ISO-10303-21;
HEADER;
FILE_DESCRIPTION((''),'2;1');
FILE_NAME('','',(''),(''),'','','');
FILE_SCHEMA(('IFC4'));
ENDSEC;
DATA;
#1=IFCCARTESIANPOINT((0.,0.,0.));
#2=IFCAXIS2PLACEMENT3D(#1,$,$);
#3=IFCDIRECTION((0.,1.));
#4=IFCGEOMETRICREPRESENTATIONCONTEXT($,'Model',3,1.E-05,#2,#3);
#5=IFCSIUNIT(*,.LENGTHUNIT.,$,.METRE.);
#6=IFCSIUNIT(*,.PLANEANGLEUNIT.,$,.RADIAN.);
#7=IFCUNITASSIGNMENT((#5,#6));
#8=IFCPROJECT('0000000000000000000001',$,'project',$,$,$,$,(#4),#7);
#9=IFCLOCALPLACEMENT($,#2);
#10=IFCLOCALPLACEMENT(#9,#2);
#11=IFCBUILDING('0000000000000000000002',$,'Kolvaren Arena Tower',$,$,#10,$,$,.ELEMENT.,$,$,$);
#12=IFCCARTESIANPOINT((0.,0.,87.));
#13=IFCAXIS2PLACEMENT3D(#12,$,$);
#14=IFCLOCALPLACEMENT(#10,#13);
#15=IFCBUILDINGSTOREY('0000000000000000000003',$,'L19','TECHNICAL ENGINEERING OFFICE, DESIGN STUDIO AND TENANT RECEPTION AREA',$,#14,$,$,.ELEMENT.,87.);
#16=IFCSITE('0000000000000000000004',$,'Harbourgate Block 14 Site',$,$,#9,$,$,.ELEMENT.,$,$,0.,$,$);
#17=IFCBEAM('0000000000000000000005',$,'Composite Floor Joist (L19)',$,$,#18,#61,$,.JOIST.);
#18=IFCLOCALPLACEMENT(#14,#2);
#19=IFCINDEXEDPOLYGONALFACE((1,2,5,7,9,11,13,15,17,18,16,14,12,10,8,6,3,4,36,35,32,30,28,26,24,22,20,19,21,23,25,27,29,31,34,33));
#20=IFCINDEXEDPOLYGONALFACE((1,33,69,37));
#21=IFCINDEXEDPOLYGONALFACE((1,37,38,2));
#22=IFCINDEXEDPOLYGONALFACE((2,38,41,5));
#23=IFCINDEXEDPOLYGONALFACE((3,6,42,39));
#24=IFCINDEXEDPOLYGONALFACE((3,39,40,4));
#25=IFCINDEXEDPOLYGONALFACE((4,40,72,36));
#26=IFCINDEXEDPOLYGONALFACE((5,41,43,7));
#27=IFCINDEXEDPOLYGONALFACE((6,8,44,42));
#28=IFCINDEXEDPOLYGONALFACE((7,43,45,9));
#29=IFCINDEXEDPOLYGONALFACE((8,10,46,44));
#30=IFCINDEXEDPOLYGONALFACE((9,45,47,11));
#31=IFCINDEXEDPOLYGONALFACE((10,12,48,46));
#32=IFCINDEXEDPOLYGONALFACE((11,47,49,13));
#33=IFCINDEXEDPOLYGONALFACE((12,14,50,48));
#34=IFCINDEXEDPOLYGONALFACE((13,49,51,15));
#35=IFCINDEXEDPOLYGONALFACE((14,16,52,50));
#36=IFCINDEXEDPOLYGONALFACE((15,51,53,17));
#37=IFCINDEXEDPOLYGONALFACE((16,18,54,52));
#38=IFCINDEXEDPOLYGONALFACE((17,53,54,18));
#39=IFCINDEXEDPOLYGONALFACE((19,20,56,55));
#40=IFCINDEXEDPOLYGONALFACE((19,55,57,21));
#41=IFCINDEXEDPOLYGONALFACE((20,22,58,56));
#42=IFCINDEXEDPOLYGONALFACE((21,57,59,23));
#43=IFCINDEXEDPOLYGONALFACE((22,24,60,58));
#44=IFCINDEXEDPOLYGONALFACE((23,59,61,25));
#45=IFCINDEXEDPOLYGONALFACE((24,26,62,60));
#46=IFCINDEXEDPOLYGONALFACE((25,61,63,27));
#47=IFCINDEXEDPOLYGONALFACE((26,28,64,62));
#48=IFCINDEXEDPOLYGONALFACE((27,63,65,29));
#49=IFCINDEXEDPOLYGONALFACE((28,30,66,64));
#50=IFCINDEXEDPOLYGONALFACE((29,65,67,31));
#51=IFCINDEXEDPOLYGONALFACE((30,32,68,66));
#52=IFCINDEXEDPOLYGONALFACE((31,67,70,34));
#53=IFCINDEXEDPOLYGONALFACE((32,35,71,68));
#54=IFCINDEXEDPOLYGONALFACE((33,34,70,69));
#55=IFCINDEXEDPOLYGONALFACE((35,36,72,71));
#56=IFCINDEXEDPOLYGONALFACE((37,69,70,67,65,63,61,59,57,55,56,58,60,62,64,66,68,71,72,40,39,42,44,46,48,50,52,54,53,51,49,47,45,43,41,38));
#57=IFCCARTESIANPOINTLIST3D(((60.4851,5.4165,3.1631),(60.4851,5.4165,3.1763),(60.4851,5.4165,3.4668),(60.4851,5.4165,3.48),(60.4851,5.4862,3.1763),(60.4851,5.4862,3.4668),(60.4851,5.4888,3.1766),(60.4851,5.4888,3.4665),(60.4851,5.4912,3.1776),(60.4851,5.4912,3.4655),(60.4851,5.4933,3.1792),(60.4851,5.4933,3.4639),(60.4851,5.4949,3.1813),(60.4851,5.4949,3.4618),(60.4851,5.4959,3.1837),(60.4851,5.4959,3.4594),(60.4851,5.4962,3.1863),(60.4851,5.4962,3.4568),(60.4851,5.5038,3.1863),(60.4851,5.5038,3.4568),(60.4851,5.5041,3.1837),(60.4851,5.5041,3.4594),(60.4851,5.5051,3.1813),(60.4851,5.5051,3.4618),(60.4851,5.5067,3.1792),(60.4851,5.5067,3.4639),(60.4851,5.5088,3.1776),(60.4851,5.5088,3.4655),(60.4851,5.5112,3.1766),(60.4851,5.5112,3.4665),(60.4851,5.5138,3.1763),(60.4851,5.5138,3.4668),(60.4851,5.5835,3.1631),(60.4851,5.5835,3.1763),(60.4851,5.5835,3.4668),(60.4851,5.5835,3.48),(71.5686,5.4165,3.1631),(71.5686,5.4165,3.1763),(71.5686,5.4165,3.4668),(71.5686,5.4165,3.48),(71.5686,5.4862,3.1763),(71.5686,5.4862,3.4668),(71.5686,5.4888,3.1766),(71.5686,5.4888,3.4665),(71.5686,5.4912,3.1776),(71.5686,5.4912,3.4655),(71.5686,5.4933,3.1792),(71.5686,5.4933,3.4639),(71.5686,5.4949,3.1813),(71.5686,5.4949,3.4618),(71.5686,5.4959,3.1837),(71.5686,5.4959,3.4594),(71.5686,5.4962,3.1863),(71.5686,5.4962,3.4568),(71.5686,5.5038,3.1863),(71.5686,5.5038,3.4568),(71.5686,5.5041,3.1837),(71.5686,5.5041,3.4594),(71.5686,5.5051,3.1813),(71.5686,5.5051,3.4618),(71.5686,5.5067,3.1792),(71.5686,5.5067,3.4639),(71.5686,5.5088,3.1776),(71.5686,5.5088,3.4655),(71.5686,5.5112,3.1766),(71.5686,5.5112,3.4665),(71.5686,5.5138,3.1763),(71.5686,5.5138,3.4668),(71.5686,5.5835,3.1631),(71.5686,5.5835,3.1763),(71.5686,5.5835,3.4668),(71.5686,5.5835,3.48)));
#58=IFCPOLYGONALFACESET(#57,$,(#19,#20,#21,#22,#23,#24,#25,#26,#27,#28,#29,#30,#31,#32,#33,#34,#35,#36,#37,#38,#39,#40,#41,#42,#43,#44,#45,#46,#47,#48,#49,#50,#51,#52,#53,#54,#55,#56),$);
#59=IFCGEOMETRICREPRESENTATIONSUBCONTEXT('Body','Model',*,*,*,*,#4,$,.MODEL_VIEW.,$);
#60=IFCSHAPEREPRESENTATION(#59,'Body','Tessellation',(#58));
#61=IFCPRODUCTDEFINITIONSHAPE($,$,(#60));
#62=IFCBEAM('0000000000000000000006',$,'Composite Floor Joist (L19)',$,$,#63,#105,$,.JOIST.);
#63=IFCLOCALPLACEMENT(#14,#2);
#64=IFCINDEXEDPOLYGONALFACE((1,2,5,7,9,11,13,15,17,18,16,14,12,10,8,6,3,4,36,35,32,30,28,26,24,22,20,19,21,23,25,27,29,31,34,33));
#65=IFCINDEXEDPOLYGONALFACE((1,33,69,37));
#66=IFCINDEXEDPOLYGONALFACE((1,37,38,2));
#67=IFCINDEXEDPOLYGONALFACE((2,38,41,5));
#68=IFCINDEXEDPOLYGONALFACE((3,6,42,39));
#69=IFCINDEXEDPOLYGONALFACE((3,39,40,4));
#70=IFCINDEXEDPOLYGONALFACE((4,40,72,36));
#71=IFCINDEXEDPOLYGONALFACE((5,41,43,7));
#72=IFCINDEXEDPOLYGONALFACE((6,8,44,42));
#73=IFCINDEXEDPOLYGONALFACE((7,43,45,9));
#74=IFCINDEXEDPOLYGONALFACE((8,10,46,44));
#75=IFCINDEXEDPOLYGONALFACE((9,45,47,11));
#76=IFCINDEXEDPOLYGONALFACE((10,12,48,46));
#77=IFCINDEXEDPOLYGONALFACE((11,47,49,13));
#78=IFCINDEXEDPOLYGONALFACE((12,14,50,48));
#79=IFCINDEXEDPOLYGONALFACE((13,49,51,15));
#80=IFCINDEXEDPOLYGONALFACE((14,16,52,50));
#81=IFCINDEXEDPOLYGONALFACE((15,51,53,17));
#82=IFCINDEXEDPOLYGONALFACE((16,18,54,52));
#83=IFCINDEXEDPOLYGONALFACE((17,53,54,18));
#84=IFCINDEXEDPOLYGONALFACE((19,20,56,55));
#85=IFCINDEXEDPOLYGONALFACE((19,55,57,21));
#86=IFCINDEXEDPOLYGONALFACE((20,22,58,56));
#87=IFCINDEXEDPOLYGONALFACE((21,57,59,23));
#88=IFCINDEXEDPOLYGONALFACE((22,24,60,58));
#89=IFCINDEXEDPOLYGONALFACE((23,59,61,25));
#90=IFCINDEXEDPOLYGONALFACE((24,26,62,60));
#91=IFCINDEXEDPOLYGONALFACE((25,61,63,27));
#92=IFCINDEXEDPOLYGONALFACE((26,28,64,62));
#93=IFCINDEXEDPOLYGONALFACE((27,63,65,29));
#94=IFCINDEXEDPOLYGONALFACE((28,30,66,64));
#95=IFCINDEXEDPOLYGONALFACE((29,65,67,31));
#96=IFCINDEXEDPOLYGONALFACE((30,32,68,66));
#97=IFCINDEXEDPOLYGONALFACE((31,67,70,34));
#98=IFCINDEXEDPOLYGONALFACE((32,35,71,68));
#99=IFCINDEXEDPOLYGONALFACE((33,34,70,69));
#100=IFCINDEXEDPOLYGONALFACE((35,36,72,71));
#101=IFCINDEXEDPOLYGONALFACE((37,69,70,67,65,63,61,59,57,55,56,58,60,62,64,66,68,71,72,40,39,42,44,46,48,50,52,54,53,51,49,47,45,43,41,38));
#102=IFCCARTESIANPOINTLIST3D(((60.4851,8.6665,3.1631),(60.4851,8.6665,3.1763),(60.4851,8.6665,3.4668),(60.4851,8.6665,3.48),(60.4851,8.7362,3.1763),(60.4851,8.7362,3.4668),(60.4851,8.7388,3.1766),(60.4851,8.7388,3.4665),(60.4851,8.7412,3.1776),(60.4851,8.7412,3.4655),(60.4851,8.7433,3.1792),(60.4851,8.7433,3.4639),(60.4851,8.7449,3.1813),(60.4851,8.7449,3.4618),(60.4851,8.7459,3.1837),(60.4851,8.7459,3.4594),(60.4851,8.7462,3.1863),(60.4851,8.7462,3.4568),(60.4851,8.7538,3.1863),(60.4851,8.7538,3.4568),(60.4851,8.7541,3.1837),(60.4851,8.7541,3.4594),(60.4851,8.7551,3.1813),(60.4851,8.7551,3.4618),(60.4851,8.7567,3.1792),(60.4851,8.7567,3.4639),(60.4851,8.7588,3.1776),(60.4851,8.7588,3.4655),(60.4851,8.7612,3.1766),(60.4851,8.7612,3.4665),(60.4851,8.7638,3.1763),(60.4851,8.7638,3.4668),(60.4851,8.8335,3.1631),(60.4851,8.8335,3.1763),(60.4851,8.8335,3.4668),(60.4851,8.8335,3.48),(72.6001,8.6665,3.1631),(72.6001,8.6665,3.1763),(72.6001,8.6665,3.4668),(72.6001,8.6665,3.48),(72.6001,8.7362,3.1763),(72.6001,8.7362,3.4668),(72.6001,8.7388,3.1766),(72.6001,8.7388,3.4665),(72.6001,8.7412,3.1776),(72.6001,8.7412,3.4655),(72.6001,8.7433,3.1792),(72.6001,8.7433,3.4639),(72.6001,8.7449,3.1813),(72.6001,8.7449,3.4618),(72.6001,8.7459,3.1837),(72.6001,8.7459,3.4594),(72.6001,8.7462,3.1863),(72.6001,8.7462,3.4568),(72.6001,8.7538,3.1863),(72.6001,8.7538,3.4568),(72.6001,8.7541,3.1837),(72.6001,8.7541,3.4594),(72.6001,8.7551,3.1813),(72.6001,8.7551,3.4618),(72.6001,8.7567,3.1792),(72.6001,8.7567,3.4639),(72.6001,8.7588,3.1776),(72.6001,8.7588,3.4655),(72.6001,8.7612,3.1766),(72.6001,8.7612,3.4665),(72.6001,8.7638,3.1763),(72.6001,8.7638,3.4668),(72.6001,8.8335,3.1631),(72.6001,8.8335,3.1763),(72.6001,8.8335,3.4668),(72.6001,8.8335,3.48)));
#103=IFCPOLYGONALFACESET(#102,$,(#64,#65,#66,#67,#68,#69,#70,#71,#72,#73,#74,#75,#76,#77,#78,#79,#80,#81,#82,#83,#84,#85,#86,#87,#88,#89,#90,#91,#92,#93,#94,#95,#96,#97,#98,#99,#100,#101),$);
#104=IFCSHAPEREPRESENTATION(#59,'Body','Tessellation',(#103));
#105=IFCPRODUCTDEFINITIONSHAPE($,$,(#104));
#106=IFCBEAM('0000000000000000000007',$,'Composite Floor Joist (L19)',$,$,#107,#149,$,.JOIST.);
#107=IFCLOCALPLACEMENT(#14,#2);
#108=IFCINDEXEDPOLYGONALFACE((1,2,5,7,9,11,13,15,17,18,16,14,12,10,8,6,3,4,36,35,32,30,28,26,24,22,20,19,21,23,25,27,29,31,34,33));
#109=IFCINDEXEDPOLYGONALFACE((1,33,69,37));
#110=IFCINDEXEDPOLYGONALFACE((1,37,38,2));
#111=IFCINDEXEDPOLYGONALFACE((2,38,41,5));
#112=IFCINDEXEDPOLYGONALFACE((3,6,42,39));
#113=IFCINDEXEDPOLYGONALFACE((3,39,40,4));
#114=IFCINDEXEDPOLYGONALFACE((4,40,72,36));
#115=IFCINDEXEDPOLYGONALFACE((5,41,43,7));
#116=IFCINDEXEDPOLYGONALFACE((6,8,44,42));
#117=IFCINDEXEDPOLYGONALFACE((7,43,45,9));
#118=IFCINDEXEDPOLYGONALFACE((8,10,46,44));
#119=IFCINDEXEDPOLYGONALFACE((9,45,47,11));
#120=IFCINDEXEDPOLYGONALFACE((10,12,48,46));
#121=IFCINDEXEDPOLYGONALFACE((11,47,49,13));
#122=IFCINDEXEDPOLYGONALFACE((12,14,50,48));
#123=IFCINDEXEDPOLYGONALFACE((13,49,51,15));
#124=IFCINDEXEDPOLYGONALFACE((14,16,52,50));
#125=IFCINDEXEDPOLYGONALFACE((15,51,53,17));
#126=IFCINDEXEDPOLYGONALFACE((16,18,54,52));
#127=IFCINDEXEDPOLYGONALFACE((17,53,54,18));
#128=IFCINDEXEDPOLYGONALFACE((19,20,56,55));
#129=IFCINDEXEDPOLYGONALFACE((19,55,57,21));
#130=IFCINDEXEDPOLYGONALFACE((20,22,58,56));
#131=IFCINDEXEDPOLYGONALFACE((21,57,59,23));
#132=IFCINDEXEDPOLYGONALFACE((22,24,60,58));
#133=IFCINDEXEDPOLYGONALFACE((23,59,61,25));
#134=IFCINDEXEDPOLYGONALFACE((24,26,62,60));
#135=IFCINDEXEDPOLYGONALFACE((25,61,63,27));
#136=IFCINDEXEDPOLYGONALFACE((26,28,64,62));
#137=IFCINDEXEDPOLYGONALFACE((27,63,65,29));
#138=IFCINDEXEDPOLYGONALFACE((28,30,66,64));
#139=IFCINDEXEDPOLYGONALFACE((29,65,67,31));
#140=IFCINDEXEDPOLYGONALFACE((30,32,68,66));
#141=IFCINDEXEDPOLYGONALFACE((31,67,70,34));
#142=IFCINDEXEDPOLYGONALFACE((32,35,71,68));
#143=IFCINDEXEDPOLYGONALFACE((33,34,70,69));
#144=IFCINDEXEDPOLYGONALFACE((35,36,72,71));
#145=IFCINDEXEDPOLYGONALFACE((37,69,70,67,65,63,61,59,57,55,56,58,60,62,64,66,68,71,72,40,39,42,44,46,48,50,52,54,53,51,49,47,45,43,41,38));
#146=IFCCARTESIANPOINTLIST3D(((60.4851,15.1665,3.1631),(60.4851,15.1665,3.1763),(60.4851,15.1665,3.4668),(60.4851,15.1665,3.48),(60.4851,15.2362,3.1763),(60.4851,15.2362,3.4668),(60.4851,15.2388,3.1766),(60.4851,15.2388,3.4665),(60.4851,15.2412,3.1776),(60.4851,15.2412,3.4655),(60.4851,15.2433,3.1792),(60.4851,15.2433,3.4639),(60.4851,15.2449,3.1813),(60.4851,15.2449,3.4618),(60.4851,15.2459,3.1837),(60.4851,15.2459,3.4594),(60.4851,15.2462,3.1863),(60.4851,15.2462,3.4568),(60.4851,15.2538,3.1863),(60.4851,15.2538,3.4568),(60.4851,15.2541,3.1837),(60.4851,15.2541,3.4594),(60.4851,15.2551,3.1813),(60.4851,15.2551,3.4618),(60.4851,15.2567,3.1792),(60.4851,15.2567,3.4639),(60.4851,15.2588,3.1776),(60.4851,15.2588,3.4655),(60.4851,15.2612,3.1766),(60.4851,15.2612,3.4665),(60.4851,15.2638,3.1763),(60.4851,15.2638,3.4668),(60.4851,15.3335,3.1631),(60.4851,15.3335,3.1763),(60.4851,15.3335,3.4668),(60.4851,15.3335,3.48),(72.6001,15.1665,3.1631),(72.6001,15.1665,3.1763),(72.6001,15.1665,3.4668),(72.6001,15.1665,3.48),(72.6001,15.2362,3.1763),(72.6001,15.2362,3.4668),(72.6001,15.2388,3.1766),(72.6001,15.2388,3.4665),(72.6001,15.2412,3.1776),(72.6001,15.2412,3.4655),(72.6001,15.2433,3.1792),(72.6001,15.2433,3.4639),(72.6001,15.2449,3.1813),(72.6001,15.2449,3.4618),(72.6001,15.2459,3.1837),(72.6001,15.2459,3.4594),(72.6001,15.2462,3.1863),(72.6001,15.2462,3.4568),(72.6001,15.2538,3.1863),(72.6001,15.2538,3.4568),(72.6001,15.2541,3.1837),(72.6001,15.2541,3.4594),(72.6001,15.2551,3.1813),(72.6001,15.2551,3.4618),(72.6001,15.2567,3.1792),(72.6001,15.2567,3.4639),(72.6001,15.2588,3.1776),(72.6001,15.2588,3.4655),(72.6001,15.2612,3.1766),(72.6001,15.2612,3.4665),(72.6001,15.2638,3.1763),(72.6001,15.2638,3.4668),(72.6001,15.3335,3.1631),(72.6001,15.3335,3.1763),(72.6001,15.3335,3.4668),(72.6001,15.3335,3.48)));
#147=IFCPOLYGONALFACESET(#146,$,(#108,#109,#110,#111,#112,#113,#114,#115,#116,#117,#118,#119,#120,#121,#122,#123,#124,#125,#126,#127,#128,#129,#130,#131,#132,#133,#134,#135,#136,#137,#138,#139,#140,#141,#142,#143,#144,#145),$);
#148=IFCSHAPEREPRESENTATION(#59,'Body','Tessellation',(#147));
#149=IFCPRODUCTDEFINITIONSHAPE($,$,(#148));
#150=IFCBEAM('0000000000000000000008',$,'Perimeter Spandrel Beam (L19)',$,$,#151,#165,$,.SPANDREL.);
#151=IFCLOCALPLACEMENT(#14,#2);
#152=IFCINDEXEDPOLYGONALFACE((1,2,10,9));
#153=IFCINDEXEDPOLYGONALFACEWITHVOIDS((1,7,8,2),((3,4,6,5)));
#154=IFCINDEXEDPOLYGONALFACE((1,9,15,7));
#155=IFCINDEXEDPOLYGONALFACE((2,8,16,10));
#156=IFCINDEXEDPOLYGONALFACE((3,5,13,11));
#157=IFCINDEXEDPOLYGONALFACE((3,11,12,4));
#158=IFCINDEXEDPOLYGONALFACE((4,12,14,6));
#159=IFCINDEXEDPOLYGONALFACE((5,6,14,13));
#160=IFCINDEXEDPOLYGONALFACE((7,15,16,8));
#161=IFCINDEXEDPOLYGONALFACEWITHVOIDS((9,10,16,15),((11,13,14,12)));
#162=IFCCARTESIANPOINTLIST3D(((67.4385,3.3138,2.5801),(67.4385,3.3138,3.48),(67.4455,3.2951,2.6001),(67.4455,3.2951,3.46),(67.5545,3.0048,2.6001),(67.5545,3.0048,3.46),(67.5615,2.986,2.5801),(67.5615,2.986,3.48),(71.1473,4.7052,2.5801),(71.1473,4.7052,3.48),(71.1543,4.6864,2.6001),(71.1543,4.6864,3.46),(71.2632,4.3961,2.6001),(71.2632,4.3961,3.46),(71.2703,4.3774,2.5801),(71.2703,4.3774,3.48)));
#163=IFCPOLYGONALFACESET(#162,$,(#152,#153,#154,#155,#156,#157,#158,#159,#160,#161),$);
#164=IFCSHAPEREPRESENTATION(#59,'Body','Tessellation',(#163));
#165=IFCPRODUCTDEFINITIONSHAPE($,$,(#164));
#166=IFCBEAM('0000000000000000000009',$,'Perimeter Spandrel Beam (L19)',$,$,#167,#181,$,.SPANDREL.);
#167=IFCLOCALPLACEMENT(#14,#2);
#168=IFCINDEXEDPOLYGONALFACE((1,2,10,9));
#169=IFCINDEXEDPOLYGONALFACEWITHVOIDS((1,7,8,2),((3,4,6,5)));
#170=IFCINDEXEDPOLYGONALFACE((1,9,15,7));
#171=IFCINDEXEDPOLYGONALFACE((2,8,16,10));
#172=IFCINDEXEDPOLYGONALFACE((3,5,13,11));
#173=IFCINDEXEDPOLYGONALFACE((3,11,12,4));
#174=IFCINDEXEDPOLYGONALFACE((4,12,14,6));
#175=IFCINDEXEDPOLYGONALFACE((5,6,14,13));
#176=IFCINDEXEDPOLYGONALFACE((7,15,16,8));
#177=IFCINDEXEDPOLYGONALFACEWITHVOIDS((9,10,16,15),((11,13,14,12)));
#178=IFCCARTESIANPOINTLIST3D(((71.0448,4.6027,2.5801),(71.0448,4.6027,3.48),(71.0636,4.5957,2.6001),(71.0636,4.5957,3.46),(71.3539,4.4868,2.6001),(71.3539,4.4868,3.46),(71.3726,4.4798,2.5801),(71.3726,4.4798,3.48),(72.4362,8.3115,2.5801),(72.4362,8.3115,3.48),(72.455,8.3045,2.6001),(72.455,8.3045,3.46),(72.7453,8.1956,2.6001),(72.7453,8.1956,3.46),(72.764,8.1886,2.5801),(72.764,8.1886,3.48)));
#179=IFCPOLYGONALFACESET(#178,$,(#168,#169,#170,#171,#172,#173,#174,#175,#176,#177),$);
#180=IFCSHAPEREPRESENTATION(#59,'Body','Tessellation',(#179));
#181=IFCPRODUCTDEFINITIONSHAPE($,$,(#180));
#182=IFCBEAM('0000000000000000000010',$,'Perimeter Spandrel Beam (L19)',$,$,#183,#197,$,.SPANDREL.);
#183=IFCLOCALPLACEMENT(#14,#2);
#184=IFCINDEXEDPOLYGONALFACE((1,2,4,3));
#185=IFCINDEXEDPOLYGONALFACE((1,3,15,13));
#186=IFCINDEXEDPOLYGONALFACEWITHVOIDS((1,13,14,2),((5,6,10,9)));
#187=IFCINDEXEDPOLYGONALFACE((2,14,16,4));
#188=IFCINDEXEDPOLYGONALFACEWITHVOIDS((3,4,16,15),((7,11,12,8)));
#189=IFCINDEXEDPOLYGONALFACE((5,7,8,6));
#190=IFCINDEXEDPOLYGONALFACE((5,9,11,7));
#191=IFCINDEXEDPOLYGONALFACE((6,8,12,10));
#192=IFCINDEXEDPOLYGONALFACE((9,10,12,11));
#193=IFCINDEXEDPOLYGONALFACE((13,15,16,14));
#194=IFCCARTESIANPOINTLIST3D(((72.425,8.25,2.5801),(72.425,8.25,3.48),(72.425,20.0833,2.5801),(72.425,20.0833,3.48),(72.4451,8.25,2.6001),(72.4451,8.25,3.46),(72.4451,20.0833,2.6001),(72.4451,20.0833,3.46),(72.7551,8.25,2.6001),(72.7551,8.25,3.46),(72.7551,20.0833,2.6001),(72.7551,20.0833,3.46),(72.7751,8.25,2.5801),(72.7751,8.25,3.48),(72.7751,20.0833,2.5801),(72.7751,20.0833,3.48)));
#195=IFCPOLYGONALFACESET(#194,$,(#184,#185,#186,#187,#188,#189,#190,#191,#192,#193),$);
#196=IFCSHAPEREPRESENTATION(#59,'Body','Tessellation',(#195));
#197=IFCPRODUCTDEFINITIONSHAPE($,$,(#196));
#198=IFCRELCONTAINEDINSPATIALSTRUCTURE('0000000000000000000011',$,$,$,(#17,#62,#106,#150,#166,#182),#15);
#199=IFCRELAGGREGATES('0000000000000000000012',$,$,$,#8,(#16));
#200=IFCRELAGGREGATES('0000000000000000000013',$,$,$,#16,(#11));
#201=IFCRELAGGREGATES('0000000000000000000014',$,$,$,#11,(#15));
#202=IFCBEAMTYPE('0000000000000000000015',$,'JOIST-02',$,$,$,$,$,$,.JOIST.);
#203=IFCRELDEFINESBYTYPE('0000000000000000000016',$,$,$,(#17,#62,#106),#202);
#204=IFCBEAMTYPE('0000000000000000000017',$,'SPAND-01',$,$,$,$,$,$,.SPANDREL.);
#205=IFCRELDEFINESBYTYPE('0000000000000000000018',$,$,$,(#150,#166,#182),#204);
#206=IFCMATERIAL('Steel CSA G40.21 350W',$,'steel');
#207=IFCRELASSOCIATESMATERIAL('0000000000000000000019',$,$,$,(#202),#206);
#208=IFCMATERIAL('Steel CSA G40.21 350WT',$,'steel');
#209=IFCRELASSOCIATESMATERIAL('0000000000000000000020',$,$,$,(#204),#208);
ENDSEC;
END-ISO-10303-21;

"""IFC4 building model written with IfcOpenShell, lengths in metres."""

from ifc_helpers import new_model, si_unit, direction, frame, origin, origin_2d, place, context, subcontext, project, spatial, hollow_rectangle, i_section, extrude, material, material_profile, profile_set, type_object, element, save


model = new_model("IFC4")

# Units and contexts
model_context = context("Model", 3, precision=1e-05, world=origin(), true_north=direction((0.0, 1.0)))
body_context = subcontext(model_context, "Body", "Model", "MODEL_VIEW")
ifc_project = project(units=[si_unit("LENGTHUNIT", "METRE"), si_unit("PLANEANGLEUNIT", "RADIAN")], contexts=[model_context])

# Site, building, storey
site_placement = place(None, origin())
site = spatial("IfcSite", under=ifc_project, at=site_placement, Name="Harbourgate Block 14 Site", CompositionType="ELEMENT", RefElevation=0.0)
building_placement = place(site_placement, origin())
building = spatial("IfcBuilding", under=site, at=building_placement, Name="Kolvaren Arena Tower", CompositionType="ELEMENT")
storey_placement = place(building_placement, frame((0.0, 0.0, 87.0)))
storey = spatial("IfcBuildingStorey", under=building, at=storey_placement, Name="L19", Description="TECHNICAL ENGINEERING OFFICE, DESIGN STUDIO AND TENANT RECEPTION AREA", CompositionType="ELEMENT", Elevation=87.0)

# Beams
ifc_material_1 = material(Name="Steel CSA G40.21 350W", Category="steel")
ifc_material_profile_1 = material_profile(ifc_material_1, i_section(OverallWidth=0.167, OverallDepth=0.3169, WebThickness=0.0076, FlangeThickness=0.0132, FilletRadius=0.01, at=origin_2d()), Name="W310x52")
ifc_profile_set_1 = profile_set([ifc_material_profile_1], Name="Steel CSA G40.21 350W")
beam_type_1 = type_object("IfcBeamType", Name="JOIST-02", PredefinedType="JOIST", material=ifc_profile_set_1)
beam_1_placement = place(storey_placement, frame((60.4851, 5.5, 3.3215), z_axis=(1.0, 0.0, 0.0), x_axis=(0.0, 1.0, 0.0)))
element("IfcBeam", 1, at=beam_1_placement, inside=storey, type_object=beam_type_1, Name="Composite Floor Joist (L19)", PredefinedType="JOIST", context=body_context, shape_type="SweptSolid", body=[
    extrude(i_section(OverallWidth=0.167, OverallDepth=0.3169, WebThickness=0.0076, FlangeThickness=0.0132, FilletRadius=0.01, at=origin_2d()), origin(), (0.0, 0.0, 1.0), 11.0835),
])
for number, where, z_axis, x_axis, name in (
    (2, (60.4851, 8.75, 3.3215), (1.0, 0.0, 0.0), (0.0, 1.0, 0.0), "Composite Floor Joist (L19)"),
    (3, (60.4851, 15.25, 3.3215), (1.0, 0.0, 0.0), (0.0, 1.0, 0.0), "Composite Floor Joist (L19)"),
):
    element("IfcBeam", number, at=place(storey_placement, frame(where, z_axis=z_axis, x_axis=x_axis)), inside=storey, type_object=beam_type_1, Name=name, PredefinedType="JOIST", context=body_context, shape_type="SweptSolid", body=[
        extrude(i_section(OverallWidth=0.167, OverallDepth=0.3169, WebThickness=0.0076, FlangeThickness=0.0132, FilletRadius=0.01, at=origin_2d()), origin(), (0.0, 0.0, 1.0), 12.115),
    ])
ifc_material_2 = material(Name="Steel CSA G40.21 350WT", Category="steel")
ifc_material_profile_2 = material_profile(ifc_material_2, hollow_rectangle(XDim=0.3501, YDim=0.8999, WallThickness=0.02, at=origin_2d()), Name="HSS 900x350x20")
ifc_profile_set_2 = profile_set([ifc_material_profile_2], Name="Steel CSA G40.21 350WT")
beam_type_2 = type_object("IfcBeamType", Name="SPAND-01", PredefinedType="SPANDREL", material=ifc_profile_set_2)
for number, where, z_axis, x_axis, name in (
    (4, (67.5, 3.1499, 3.03), (0.936281, 0.351252, 0.0), (-0.351252, 0.936281, 0.0), "Perimeter Spandrel Beam (L19)"),
    (5, (71.2087, 4.5413, 3.03), (0.351252, 0.936281, 0.0), (-0.936281, 0.351252, 0.0), "Perimeter Spandrel Beam (L19)"),
):
    element("IfcBeam", number, at=place(storey_placement, frame(where, z_axis=z_axis, x_axis=x_axis)), inside=storey, type_object=beam_type_2, Name=name, PredefinedType="SPANDREL", context=body_context, shape_type="SweptSolid", body=[
        extrude(hollow_rectangle(XDim=0.3501, YDim=0.8999, WallThickness=0.02, at=origin_2d()), origin(), (0.0, 0.0, 1.0), 3.9612),
    ])
beam_2_placement = place(storey_placement, frame((72.6001, 8.25, 3.03), z_axis=(0.0, 1.0, 0.0), x_axis=(-1.0, 0.0, 0.0)))
element("IfcBeam", 6, at=beam_2_placement, inside=storey, type_object=beam_type_2, Name="Perimeter Spandrel Beam (L19)", PredefinedType="SPANDREL", context=body_context, shape_type="SweptSolid", body=[
    extrude(hollow_rectangle(XDim=0.3501, YDim=0.8999, WallThickness=0.02, at=origin_2d()), origin(), (0.0, 0.0, 1.0), 11.8333),
])

save(model, "model.ifc")
